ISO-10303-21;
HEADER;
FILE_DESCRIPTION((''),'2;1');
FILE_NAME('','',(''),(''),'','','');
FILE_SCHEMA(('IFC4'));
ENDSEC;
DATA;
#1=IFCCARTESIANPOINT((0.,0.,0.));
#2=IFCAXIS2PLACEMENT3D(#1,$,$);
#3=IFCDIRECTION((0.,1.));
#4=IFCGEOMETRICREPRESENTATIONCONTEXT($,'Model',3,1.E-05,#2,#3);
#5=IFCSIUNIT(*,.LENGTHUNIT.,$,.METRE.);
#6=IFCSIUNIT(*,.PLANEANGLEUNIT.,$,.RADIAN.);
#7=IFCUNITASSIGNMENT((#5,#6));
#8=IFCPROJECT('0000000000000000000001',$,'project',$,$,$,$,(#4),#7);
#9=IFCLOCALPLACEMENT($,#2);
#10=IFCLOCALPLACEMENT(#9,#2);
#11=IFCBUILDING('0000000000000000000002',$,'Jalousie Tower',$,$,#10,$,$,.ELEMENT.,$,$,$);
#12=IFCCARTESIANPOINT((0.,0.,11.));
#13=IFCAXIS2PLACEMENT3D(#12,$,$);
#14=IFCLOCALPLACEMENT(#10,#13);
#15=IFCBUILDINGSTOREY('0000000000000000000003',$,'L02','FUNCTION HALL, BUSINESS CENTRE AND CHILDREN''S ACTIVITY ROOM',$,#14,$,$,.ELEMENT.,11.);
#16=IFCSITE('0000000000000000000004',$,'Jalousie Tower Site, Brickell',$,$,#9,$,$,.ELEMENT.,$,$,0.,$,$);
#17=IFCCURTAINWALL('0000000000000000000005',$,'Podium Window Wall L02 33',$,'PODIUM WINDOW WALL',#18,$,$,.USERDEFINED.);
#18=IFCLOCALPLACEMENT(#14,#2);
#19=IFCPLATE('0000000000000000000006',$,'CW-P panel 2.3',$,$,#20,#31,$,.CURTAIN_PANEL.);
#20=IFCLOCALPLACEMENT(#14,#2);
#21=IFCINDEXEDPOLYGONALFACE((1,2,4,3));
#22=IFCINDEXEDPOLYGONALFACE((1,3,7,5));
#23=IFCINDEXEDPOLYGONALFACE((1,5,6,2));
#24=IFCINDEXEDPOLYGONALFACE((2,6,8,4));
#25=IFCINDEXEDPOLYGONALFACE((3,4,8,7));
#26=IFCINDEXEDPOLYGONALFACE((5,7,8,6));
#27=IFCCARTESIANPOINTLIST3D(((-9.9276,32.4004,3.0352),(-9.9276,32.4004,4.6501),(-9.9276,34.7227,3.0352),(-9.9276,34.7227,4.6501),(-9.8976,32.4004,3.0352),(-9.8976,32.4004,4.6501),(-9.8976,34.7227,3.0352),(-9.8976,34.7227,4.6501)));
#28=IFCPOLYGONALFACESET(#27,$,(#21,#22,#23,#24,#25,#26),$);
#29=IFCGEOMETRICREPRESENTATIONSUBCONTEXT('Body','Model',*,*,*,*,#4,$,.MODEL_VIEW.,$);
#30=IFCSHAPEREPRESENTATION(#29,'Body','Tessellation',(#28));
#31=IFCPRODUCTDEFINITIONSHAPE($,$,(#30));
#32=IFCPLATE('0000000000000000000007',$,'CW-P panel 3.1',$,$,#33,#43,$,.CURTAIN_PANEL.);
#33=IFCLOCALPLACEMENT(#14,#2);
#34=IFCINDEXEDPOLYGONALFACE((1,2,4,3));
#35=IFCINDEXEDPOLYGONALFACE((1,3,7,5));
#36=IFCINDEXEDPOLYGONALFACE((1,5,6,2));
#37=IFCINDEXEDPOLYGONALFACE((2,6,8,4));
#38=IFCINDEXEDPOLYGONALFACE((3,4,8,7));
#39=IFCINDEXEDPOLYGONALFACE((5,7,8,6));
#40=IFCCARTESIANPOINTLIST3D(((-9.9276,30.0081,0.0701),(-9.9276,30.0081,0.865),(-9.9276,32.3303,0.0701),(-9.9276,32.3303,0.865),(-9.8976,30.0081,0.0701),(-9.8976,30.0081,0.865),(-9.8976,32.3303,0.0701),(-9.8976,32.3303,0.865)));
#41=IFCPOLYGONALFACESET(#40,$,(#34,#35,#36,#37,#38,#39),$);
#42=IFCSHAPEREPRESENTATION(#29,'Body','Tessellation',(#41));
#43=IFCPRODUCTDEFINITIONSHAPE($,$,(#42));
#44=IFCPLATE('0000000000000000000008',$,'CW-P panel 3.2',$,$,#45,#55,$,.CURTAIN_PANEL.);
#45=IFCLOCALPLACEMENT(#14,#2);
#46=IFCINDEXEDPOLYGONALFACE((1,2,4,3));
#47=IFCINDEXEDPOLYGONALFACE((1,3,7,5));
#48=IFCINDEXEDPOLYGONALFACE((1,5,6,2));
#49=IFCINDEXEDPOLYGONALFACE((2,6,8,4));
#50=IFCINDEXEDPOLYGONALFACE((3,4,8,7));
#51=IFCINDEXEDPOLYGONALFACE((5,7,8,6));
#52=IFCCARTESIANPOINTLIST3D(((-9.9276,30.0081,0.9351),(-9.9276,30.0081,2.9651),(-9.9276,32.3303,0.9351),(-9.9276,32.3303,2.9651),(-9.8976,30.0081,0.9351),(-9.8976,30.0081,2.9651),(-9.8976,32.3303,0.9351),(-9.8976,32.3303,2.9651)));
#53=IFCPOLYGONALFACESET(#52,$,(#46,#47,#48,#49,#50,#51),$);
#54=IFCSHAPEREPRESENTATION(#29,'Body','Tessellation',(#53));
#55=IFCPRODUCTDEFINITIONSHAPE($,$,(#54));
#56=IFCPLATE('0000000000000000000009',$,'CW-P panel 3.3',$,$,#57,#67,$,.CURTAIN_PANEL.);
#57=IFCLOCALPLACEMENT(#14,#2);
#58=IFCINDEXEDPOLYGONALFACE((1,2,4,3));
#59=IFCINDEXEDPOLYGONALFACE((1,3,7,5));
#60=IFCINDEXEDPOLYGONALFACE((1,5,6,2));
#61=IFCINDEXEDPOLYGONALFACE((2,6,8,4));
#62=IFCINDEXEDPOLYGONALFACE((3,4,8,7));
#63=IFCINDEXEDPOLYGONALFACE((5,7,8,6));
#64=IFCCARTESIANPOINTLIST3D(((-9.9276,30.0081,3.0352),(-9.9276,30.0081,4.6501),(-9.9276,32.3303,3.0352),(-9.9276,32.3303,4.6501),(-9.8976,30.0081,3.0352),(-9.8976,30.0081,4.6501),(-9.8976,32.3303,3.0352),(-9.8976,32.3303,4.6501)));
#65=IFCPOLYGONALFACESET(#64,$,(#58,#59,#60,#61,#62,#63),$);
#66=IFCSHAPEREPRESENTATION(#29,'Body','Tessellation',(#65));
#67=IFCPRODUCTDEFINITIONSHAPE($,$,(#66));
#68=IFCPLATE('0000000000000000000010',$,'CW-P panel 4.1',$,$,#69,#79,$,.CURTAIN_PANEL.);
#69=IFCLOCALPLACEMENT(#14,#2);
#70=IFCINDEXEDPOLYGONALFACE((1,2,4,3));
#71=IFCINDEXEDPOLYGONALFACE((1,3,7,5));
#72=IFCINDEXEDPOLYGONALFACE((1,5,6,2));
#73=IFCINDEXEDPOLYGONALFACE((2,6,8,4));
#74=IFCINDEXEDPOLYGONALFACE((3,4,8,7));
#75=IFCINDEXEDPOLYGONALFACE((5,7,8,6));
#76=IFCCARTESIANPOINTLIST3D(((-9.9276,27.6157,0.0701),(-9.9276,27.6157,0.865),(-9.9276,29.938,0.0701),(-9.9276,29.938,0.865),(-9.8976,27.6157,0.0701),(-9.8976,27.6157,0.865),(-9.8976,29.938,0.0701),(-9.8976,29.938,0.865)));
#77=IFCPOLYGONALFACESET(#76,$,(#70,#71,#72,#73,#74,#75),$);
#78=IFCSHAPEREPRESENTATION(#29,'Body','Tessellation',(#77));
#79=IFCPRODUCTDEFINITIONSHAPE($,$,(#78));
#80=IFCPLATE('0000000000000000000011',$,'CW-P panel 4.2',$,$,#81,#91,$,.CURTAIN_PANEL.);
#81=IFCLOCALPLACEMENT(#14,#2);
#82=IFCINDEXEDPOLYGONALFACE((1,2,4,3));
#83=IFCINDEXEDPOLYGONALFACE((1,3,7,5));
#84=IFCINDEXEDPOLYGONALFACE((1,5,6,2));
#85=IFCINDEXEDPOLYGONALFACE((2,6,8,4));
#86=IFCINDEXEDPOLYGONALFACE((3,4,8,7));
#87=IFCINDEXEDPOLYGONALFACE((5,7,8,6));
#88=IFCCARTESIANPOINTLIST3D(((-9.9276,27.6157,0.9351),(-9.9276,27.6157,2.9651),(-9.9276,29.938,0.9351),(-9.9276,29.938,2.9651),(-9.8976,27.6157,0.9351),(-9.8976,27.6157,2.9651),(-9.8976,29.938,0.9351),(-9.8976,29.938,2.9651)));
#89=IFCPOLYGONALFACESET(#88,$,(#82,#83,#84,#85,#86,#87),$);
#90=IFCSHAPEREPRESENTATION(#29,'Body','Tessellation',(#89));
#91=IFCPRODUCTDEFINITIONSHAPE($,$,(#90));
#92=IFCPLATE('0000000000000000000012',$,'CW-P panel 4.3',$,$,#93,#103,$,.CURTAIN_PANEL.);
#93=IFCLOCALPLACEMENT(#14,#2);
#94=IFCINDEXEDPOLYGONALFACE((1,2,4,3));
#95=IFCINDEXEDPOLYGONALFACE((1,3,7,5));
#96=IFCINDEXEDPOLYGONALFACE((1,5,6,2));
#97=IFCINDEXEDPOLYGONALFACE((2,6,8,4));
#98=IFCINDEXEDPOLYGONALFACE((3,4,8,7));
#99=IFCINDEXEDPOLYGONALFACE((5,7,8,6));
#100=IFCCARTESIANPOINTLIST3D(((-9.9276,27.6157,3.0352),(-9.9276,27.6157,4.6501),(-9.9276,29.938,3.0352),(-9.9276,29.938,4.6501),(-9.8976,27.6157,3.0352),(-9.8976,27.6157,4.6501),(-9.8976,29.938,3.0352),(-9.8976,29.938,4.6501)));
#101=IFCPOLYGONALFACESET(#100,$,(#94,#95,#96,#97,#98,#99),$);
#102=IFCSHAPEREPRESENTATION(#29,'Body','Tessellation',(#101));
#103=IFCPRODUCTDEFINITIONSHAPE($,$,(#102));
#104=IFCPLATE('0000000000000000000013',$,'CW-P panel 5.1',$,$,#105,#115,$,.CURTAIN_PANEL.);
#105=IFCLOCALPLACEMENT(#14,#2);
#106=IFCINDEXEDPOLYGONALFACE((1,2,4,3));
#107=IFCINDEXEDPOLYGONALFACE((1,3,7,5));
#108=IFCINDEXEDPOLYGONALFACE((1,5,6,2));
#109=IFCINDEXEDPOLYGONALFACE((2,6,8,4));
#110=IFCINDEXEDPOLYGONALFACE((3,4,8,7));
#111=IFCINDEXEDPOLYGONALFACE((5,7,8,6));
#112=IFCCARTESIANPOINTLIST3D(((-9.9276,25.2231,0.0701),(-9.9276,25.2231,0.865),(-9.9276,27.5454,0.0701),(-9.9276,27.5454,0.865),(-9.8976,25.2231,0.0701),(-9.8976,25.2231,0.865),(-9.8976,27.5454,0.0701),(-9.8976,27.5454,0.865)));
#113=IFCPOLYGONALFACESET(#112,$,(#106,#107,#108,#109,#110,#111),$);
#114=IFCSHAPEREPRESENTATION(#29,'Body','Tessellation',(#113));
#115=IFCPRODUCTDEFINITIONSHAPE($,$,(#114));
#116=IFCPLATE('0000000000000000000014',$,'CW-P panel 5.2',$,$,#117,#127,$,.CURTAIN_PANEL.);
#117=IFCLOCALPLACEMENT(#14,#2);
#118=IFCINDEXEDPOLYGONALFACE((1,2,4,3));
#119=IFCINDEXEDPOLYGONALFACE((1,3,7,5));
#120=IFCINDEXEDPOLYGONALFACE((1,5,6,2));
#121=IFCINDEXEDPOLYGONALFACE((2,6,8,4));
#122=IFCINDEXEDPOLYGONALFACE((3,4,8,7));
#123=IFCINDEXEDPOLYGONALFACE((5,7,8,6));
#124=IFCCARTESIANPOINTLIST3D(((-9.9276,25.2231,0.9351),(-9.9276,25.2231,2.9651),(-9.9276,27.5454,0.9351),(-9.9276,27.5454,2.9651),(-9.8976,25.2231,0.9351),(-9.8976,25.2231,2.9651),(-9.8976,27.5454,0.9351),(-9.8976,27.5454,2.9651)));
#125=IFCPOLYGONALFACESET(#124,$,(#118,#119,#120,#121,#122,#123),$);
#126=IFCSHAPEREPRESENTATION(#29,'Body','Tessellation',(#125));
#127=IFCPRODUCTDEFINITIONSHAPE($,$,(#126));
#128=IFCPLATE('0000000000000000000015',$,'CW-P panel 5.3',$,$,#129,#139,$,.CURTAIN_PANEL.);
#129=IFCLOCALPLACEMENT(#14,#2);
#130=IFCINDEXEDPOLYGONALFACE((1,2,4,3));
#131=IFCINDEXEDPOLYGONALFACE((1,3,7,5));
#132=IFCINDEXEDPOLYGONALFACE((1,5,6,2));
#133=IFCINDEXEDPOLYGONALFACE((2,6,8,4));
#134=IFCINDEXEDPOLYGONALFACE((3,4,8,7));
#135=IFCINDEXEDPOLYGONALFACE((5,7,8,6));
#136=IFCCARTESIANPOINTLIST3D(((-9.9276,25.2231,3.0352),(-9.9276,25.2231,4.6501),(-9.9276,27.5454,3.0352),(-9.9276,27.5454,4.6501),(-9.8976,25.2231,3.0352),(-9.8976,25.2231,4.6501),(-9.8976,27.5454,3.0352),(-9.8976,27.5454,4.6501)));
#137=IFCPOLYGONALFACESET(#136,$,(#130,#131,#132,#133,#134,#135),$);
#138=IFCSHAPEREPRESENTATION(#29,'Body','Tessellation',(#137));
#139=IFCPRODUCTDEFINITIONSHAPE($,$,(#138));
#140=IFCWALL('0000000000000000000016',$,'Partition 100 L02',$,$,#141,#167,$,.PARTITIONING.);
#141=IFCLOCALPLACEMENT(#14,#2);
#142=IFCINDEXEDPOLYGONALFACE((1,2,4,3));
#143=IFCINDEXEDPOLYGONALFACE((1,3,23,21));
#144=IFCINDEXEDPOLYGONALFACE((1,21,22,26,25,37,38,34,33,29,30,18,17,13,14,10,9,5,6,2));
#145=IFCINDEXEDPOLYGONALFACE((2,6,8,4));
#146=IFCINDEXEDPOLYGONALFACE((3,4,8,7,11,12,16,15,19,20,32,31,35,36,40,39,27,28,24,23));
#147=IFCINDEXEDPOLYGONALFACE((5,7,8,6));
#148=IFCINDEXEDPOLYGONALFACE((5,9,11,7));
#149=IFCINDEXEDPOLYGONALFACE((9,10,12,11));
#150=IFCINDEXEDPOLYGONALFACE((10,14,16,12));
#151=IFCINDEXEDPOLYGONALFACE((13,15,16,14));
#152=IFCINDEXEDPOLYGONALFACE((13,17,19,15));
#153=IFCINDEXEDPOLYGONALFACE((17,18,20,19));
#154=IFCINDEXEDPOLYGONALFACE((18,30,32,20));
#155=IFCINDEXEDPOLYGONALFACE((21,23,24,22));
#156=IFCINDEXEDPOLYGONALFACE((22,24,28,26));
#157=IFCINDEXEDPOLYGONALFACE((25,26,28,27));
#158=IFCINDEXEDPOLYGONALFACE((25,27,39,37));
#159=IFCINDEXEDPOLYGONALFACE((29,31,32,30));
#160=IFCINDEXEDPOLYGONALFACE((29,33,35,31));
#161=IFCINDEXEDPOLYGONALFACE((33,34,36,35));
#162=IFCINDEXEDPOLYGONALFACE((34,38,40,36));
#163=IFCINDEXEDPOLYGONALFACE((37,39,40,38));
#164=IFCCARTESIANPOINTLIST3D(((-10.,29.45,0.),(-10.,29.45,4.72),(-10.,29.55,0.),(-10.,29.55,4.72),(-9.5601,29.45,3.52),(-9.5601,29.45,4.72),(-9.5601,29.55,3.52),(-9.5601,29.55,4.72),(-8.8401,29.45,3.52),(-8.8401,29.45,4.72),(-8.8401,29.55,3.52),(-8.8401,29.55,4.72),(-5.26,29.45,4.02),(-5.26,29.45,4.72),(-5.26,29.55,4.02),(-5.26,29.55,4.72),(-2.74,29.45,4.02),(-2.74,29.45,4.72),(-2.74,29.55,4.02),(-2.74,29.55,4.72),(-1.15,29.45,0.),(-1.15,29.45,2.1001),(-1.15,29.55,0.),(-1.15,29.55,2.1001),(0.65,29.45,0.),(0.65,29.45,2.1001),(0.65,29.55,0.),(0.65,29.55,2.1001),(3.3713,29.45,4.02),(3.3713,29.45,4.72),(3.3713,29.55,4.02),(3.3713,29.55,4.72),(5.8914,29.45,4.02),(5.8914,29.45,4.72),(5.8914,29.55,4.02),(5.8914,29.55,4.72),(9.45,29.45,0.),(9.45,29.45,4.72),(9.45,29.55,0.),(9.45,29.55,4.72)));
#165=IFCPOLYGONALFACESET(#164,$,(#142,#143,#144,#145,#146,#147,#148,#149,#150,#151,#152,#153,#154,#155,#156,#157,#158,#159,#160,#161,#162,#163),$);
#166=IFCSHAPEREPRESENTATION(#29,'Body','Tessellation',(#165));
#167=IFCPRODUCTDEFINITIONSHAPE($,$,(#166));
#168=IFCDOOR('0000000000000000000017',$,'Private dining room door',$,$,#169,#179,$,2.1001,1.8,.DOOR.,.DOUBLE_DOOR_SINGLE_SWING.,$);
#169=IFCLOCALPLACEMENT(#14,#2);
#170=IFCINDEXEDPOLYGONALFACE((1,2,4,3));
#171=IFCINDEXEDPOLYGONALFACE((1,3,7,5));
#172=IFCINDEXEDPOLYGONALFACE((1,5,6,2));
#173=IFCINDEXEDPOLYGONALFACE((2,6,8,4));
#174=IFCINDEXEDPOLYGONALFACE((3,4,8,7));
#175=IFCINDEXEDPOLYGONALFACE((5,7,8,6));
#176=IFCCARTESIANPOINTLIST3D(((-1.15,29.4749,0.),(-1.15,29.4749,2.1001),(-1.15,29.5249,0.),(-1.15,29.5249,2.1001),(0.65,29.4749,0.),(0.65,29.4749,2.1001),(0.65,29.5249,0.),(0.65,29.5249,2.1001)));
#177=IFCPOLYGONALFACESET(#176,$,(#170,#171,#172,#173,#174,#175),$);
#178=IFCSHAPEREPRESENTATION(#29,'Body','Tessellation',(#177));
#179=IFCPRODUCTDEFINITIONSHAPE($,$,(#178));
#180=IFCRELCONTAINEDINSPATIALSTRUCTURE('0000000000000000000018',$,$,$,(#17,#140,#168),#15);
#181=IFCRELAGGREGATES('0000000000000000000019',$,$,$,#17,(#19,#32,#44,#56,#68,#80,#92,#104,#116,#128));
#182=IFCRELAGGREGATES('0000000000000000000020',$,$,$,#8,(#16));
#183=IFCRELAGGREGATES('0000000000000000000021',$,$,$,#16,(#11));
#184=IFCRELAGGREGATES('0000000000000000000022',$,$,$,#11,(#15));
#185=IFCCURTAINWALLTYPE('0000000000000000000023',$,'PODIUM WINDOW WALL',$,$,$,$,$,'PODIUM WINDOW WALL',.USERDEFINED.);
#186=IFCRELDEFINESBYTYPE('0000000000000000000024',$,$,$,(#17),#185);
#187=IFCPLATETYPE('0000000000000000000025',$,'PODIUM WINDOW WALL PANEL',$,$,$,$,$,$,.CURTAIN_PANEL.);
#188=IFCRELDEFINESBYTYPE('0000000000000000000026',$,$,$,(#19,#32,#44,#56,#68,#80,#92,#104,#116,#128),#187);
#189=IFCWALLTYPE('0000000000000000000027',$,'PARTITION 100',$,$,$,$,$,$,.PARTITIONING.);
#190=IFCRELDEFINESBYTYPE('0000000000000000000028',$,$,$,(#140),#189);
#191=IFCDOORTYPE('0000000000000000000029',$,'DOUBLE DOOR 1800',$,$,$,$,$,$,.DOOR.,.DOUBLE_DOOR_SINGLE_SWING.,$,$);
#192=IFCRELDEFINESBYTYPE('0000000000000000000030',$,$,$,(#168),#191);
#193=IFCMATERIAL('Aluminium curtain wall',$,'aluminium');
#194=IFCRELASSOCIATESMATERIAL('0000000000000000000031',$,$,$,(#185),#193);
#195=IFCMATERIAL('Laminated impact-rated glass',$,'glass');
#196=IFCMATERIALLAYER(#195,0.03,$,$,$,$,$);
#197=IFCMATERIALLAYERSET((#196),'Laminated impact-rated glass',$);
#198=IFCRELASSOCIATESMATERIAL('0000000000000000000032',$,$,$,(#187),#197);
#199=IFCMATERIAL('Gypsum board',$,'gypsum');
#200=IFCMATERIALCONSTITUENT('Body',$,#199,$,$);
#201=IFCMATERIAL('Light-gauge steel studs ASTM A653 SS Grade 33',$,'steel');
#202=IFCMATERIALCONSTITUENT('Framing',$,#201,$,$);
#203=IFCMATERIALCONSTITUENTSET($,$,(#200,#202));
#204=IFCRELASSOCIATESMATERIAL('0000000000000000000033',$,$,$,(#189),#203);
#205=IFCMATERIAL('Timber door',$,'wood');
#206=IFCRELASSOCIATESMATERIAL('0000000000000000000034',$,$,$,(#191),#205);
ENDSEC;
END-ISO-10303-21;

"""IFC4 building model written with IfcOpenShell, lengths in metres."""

from ifc_helpers import new_model, si_unit, direction, frame, frame_2d, origin, origin_2d, place, context, subcontext, project, spatial, polyline, rectangle, outline, extrude, material, layer, layer_set, constituent, constituent_set, type_object, element, fill, aggregate, save


model = new_model("IFC4")

# Units and contexts
model_context = context("Model", 3, precision=1e-05, world=origin(), true_north=direction((0.0, 1.0)))
body_context = subcontext(model_context, "Body", "Model", "MODEL_VIEW")
ifc_project = project(units=[si_unit("LENGTHUNIT", "METRE"), si_unit("PLANEANGLEUNIT", "RADIAN")], contexts=[model_context])

# Site, building, storey
site_placement = place(None, origin())
site = spatial("IfcSite", under=ifc_project, at=site_placement, Name="Jalousie Tower Site, Brickell", CompositionType="ELEMENT", RefElevation=0.0)
building_placement = place(site_placement, origin())
building = spatial("IfcBuilding", under=site, at=building_placement, Name="Jalousie Tower", CompositionType="ELEMENT")
storey_placement = place(building_placement, frame((0.0, 0.0, 11.0)))
storey = spatial("IfcBuildingStorey", under=building, at=storey_placement, Name="L02", Description="FUNCTION HALL, BUSINESS CENTRE AND CHILDREN'S ACTIVITY ROOM", CompositionType="ELEMENT", Elevation=11.0)

# Curtain wall
ifc_material_1 = material(Name="Aluminium curtain wall", Category="aluminium")
curtain_wall_type = type_object("IfcCurtainWallType", Name="PODIUM WINDOW WALL", ElementType="PODIUM WINDOW WALL", PredefinedType="USERDEFINED", material=ifc_material_1)
curtain_wall_placement = place(storey_placement, origin())
curtain_wall = element("IfcCurtainWall", 1, at=curtain_wall_placement, inside=storey, type_object=curtain_wall_type, Name="Podium Window Wall L02 33", ObjectType="PODIUM WINDOW WALL", PredefinedType="USERDEFINED")

# Plates
ifc_material_2 = material(Name="Laminated impact-rated glass", Category="glass")
ifc_layer = layer(ifc_material_2, 0.03)
ifc_layer_set = layer_set([ifc_layer], Name="Laminated impact-rated glass")
plate_type = type_object("IfcPlateType", Name="PODIUM WINDOW WALL PANEL", PredefinedType="CURTAIN_PANEL", material=ifc_layer_set)
plate_1_placement = place(storey_placement, frame((-9.9126, 33.5615, 3.0352), z_axis=(0.0, 0.0, 1.0), x_axis=(0.0, -1.0, 0.0)))
plate_1 = element("IfcPlate", 2, at=plate_1_placement, type_object=plate_type, Name="CW-P panel 2.3", PredefinedType="CURTAIN_PANEL", context=body_context, shape_type="SweptSolid", body=[
    extrude(rectangle(XDim=2.3223, YDim=0.03, at=origin_2d()), origin(), (0.0, 0.0, 1.0), 1.615),
])
plate_2_placement = place(storey_placement, frame((-9.9126, 31.1692, 0.0701), z_axis=(0.0, 0.0, 1.0), x_axis=(0.0, -1.0, 0.0)))
plate_2 = element("IfcPlate", 3, at=plate_2_placement, type_object=plate_type, Name="CW-P panel 3.1", PredefinedType="CURTAIN_PANEL", context=body_context, shape_type="SweptSolid", body=[
    extrude(rectangle(XDim=2.3223, YDim=0.03, at=origin_2d()), origin(), (0.0, 0.0, 1.0), 0.7949),
])
plate_3_placement = place(storey_placement, frame((-9.9126, 31.1692, 0.9351), z_axis=(0.0, 0.0, 1.0), x_axis=(0.0, -1.0, 0.0)))
plate_3 = element("IfcPlate", 4, at=plate_3_placement, type_object=plate_type, Name="CW-P panel 3.2", PredefinedType="CURTAIN_PANEL", context=body_context, shape_type="SweptSolid", body=[
    extrude(rectangle(XDim=2.3223, YDim=0.03, at=origin_2d()), origin(), (0.0, 0.0, 1.0), 2.03),
])
plate_4_placement = place(storey_placement, frame((-9.9126, 31.1692, 3.0352), z_axis=(0.0, 0.0, 1.0), x_axis=(0.0, -1.0, 0.0)))
plate_4 = element("IfcPlate", 5, at=plate_4_placement, type_object=plate_type, Name="CW-P panel 3.3", PredefinedType="CURTAIN_PANEL", context=body_context, shape_type="SweptSolid", body=[
    extrude(rectangle(XDim=2.3223, YDim=0.03, at=origin_2d()), origin(), (0.0, 0.0, 1.0), 1.615),
])
plate_5_placement = place(storey_placement, frame((-9.9126, 28.7769, 0.0701), z_axis=(0.0, 0.0, 1.0), x_axis=(0.0, -1.0, 0.0)))
plate_5 = element("IfcPlate", 6, at=plate_5_placement, type_object=plate_type, Name="CW-P panel 4.1", PredefinedType="CURTAIN_PANEL", context=body_context, shape_type="SweptSolid", body=[
    extrude(rectangle(XDim=2.3223, YDim=0.03, at=origin_2d()), origin(), (0.0, 0.0, 1.0), 0.7949),
])
plate_6_placement = place(storey_placement, frame((-9.9126, 28.7769, 0.9351), z_axis=(0.0, 0.0, 1.0), x_axis=(0.0, -1.0, 0.0)))
plate_6 = element("IfcPlate", 7, at=plate_6_placement, type_object=plate_type, Name="CW-P panel 4.2", PredefinedType="CURTAIN_PANEL", context=body_context, shape_type="SweptSolid", body=[
    extrude(rectangle(XDim=2.3223, YDim=0.03, at=origin_2d()), origin(), (0.0, 0.0, 1.0), 2.03),
])
plate_7_placement = place(storey_placement, frame((-9.9126, 28.7769, 3.0352), z_axis=(0.0, 0.0, 1.0), x_axis=(0.0, -1.0, 0.0)))
plate_7 = element("IfcPlate", 8, at=plate_7_placement, type_object=plate_type, Name="CW-P panel 4.3", PredefinedType="CURTAIN_PANEL", context=body_context, shape_type="SweptSolid", body=[
    extrude(rectangle(XDim=2.3223, YDim=0.03, at=origin_2d()), origin(), (0.0, 0.0, 1.0), 1.615),
])
plate_8_placement = place(storey_placement, frame((-9.9126, 26.3843, 0.0701), z_axis=(0.0, 0.0, 1.0), x_axis=(0.0, -1.0, 0.0)))
plate_8 = element("IfcPlate", 9, at=plate_8_placement, type_object=plate_type, Name="CW-P panel 5.1", PredefinedType="CURTAIN_PANEL", context=body_context, shape_type="SweptSolid", body=[
    extrude(rectangle(XDim=2.3223, YDim=0.03, at=origin_2d()), origin(), (0.0, 0.0, 1.0), 0.7949),
])
plate_9_placement = place(storey_placement, frame((-9.9126, 26.3843, 0.9351), z_axis=(0.0, 0.0, 1.0), x_axis=(0.0, -1.0, 0.0)))
plate_9 = element("IfcPlate", 10, at=plate_9_placement, type_object=plate_type, Name="CW-P panel 5.2", PredefinedType="CURTAIN_PANEL", context=body_context, shape_type="SweptSolid", body=[
    extrude(rectangle(XDim=2.3223, YDim=0.03, at=origin_2d()), origin(), (0.0, 0.0, 1.0), 2.03),
])
plate_10_placement = place(storey_placement, frame((-9.9126, 26.3843, 3.0352), z_axis=(0.0, 0.0, 1.0), x_axis=(0.0, -1.0, 0.0)))
plate_10 = element("IfcPlate", 11, at=plate_10_placement, type_object=plate_type, Name="CW-P panel 5.3", PredefinedType="CURTAIN_PANEL", context=body_context, shape_type="SweptSolid", body=[
    extrude(rectangle(XDim=2.3223, YDim=0.03, at=origin_2d()), origin(), (0.0, 0.0, 1.0), 1.615),
])
aggregate(curtain_wall, [plate_1, plate_2, plate_3, plate_4, plate_5, plate_6, plate_7, plate_8, plate_9, plate_10])

# Wall, opening, door
ifc_material_3 = material(Name="Gypsum board", Category="gypsum")
ifc_constituent_1 = constituent(ifc_material_3, Name="Body")
ifc_material_4 = material(Name="Light-gauge steel studs ASTM A653 SS Grade 33", Category="steel")
ifc_constituent_2 = constituent(ifc_material_4, Name="Framing")
ifc_constituent_set = constituent_set(constituents=[ifc_constituent_1, ifc_constituent_2])
wall_type = type_object("IfcWallType", Name="PARTITION 100", PredefinedType="PARTITIONING", material=ifc_constituent_set)
wall_placement = place(storey_placement, frame((-10.0, 29.5, 0.0), z_axis=(0.0, 0.0, 1.0), x_axis=(1.0, 0.0, 0.0)))
wall = element("IfcWall", 12, at=wall_placement, inside=storey, type_object=wall_type, Name="Partition 100 L02", PredefinedType="PARTITIONING", context=body_context, shape_type="SweptSolid", body=[
    extrude(outline(polyline([(0.0, 0.0), (19.45, 0.0), (19.45, 4.72), (15.8914, 4.72), (15.8914, 4.02), (13.3713, 4.02), (13.3713, 4.72), (7.26, 4.72), (7.26, 4.02), (4.74, 4.02), (4.74, 4.72), (1.1599, 4.72), (1.1599, 3.52), (0.4399, 3.52), (0.4399, 4.72), (0.0, 4.72), (0.0, 0.0)])), frame((0.0, 0.05, 0.0), z_axis=(0.0, -1.0, 0.0), x_axis=(1.0, 0.0, 0.0)), (0.0, 0.0, 1.0), 0.1001),
])
opening_placement = place(wall_placement, frame((8.8501, 0.0, 0.0)))
opening = element("IfcOpeningElement", 13, at=opening_placement, cuts=wall, PredefinedType="OPENING", context=body_context, shape_type="SweptSolid", body=[
    extrude(rectangle(XDim=1.8, YDim=2.1001, at=frame_2d((0.8999, 1.05))), frame((0.0, 0.0601, 0.0), z_axis=(0.0, -1.0, 0.0), x_axis=(1.0, 0.0, 0.0)), (0.0, 0.0, 1.0), 0.1201),
])
ifc_material_5 = material(Name="Timber door", Category="wood")
door_type = type_object("IfcDoorType", Name="DOUBLE DOOR 1800", OperationType="DOUBLE_DOOR_SINGLE_SWING", PredefinedType="DOOR", material=ifc_material_5)
door_placement = place(opening_placement, origin())
door = element("IfcDoor", 14, at=door_placement, inside=storey, type_object=door_type, Name="Private dining room door", OperationType="DOUBLE_DOOR_SINGLE_SWING", OverallHeight=2.1001, OverallWidth=1.8, PredefinedType="DOOR", context=body_context, shape_type="SweptSolid", body=[
    extrude(rectangle(XDim=1.8, YDim=2.1001, at=frame_2d((0.8999, 1.05))), frame((0.0, 0.0249, 0.0), z_axis=(0.0, -1.0, 0.0), x_axis=(1.0, 0.0, 0.0)), (0.0, 0.0, 1.0), 0.05),
])
fill(opening, door)

save(model, "model.ifc")
